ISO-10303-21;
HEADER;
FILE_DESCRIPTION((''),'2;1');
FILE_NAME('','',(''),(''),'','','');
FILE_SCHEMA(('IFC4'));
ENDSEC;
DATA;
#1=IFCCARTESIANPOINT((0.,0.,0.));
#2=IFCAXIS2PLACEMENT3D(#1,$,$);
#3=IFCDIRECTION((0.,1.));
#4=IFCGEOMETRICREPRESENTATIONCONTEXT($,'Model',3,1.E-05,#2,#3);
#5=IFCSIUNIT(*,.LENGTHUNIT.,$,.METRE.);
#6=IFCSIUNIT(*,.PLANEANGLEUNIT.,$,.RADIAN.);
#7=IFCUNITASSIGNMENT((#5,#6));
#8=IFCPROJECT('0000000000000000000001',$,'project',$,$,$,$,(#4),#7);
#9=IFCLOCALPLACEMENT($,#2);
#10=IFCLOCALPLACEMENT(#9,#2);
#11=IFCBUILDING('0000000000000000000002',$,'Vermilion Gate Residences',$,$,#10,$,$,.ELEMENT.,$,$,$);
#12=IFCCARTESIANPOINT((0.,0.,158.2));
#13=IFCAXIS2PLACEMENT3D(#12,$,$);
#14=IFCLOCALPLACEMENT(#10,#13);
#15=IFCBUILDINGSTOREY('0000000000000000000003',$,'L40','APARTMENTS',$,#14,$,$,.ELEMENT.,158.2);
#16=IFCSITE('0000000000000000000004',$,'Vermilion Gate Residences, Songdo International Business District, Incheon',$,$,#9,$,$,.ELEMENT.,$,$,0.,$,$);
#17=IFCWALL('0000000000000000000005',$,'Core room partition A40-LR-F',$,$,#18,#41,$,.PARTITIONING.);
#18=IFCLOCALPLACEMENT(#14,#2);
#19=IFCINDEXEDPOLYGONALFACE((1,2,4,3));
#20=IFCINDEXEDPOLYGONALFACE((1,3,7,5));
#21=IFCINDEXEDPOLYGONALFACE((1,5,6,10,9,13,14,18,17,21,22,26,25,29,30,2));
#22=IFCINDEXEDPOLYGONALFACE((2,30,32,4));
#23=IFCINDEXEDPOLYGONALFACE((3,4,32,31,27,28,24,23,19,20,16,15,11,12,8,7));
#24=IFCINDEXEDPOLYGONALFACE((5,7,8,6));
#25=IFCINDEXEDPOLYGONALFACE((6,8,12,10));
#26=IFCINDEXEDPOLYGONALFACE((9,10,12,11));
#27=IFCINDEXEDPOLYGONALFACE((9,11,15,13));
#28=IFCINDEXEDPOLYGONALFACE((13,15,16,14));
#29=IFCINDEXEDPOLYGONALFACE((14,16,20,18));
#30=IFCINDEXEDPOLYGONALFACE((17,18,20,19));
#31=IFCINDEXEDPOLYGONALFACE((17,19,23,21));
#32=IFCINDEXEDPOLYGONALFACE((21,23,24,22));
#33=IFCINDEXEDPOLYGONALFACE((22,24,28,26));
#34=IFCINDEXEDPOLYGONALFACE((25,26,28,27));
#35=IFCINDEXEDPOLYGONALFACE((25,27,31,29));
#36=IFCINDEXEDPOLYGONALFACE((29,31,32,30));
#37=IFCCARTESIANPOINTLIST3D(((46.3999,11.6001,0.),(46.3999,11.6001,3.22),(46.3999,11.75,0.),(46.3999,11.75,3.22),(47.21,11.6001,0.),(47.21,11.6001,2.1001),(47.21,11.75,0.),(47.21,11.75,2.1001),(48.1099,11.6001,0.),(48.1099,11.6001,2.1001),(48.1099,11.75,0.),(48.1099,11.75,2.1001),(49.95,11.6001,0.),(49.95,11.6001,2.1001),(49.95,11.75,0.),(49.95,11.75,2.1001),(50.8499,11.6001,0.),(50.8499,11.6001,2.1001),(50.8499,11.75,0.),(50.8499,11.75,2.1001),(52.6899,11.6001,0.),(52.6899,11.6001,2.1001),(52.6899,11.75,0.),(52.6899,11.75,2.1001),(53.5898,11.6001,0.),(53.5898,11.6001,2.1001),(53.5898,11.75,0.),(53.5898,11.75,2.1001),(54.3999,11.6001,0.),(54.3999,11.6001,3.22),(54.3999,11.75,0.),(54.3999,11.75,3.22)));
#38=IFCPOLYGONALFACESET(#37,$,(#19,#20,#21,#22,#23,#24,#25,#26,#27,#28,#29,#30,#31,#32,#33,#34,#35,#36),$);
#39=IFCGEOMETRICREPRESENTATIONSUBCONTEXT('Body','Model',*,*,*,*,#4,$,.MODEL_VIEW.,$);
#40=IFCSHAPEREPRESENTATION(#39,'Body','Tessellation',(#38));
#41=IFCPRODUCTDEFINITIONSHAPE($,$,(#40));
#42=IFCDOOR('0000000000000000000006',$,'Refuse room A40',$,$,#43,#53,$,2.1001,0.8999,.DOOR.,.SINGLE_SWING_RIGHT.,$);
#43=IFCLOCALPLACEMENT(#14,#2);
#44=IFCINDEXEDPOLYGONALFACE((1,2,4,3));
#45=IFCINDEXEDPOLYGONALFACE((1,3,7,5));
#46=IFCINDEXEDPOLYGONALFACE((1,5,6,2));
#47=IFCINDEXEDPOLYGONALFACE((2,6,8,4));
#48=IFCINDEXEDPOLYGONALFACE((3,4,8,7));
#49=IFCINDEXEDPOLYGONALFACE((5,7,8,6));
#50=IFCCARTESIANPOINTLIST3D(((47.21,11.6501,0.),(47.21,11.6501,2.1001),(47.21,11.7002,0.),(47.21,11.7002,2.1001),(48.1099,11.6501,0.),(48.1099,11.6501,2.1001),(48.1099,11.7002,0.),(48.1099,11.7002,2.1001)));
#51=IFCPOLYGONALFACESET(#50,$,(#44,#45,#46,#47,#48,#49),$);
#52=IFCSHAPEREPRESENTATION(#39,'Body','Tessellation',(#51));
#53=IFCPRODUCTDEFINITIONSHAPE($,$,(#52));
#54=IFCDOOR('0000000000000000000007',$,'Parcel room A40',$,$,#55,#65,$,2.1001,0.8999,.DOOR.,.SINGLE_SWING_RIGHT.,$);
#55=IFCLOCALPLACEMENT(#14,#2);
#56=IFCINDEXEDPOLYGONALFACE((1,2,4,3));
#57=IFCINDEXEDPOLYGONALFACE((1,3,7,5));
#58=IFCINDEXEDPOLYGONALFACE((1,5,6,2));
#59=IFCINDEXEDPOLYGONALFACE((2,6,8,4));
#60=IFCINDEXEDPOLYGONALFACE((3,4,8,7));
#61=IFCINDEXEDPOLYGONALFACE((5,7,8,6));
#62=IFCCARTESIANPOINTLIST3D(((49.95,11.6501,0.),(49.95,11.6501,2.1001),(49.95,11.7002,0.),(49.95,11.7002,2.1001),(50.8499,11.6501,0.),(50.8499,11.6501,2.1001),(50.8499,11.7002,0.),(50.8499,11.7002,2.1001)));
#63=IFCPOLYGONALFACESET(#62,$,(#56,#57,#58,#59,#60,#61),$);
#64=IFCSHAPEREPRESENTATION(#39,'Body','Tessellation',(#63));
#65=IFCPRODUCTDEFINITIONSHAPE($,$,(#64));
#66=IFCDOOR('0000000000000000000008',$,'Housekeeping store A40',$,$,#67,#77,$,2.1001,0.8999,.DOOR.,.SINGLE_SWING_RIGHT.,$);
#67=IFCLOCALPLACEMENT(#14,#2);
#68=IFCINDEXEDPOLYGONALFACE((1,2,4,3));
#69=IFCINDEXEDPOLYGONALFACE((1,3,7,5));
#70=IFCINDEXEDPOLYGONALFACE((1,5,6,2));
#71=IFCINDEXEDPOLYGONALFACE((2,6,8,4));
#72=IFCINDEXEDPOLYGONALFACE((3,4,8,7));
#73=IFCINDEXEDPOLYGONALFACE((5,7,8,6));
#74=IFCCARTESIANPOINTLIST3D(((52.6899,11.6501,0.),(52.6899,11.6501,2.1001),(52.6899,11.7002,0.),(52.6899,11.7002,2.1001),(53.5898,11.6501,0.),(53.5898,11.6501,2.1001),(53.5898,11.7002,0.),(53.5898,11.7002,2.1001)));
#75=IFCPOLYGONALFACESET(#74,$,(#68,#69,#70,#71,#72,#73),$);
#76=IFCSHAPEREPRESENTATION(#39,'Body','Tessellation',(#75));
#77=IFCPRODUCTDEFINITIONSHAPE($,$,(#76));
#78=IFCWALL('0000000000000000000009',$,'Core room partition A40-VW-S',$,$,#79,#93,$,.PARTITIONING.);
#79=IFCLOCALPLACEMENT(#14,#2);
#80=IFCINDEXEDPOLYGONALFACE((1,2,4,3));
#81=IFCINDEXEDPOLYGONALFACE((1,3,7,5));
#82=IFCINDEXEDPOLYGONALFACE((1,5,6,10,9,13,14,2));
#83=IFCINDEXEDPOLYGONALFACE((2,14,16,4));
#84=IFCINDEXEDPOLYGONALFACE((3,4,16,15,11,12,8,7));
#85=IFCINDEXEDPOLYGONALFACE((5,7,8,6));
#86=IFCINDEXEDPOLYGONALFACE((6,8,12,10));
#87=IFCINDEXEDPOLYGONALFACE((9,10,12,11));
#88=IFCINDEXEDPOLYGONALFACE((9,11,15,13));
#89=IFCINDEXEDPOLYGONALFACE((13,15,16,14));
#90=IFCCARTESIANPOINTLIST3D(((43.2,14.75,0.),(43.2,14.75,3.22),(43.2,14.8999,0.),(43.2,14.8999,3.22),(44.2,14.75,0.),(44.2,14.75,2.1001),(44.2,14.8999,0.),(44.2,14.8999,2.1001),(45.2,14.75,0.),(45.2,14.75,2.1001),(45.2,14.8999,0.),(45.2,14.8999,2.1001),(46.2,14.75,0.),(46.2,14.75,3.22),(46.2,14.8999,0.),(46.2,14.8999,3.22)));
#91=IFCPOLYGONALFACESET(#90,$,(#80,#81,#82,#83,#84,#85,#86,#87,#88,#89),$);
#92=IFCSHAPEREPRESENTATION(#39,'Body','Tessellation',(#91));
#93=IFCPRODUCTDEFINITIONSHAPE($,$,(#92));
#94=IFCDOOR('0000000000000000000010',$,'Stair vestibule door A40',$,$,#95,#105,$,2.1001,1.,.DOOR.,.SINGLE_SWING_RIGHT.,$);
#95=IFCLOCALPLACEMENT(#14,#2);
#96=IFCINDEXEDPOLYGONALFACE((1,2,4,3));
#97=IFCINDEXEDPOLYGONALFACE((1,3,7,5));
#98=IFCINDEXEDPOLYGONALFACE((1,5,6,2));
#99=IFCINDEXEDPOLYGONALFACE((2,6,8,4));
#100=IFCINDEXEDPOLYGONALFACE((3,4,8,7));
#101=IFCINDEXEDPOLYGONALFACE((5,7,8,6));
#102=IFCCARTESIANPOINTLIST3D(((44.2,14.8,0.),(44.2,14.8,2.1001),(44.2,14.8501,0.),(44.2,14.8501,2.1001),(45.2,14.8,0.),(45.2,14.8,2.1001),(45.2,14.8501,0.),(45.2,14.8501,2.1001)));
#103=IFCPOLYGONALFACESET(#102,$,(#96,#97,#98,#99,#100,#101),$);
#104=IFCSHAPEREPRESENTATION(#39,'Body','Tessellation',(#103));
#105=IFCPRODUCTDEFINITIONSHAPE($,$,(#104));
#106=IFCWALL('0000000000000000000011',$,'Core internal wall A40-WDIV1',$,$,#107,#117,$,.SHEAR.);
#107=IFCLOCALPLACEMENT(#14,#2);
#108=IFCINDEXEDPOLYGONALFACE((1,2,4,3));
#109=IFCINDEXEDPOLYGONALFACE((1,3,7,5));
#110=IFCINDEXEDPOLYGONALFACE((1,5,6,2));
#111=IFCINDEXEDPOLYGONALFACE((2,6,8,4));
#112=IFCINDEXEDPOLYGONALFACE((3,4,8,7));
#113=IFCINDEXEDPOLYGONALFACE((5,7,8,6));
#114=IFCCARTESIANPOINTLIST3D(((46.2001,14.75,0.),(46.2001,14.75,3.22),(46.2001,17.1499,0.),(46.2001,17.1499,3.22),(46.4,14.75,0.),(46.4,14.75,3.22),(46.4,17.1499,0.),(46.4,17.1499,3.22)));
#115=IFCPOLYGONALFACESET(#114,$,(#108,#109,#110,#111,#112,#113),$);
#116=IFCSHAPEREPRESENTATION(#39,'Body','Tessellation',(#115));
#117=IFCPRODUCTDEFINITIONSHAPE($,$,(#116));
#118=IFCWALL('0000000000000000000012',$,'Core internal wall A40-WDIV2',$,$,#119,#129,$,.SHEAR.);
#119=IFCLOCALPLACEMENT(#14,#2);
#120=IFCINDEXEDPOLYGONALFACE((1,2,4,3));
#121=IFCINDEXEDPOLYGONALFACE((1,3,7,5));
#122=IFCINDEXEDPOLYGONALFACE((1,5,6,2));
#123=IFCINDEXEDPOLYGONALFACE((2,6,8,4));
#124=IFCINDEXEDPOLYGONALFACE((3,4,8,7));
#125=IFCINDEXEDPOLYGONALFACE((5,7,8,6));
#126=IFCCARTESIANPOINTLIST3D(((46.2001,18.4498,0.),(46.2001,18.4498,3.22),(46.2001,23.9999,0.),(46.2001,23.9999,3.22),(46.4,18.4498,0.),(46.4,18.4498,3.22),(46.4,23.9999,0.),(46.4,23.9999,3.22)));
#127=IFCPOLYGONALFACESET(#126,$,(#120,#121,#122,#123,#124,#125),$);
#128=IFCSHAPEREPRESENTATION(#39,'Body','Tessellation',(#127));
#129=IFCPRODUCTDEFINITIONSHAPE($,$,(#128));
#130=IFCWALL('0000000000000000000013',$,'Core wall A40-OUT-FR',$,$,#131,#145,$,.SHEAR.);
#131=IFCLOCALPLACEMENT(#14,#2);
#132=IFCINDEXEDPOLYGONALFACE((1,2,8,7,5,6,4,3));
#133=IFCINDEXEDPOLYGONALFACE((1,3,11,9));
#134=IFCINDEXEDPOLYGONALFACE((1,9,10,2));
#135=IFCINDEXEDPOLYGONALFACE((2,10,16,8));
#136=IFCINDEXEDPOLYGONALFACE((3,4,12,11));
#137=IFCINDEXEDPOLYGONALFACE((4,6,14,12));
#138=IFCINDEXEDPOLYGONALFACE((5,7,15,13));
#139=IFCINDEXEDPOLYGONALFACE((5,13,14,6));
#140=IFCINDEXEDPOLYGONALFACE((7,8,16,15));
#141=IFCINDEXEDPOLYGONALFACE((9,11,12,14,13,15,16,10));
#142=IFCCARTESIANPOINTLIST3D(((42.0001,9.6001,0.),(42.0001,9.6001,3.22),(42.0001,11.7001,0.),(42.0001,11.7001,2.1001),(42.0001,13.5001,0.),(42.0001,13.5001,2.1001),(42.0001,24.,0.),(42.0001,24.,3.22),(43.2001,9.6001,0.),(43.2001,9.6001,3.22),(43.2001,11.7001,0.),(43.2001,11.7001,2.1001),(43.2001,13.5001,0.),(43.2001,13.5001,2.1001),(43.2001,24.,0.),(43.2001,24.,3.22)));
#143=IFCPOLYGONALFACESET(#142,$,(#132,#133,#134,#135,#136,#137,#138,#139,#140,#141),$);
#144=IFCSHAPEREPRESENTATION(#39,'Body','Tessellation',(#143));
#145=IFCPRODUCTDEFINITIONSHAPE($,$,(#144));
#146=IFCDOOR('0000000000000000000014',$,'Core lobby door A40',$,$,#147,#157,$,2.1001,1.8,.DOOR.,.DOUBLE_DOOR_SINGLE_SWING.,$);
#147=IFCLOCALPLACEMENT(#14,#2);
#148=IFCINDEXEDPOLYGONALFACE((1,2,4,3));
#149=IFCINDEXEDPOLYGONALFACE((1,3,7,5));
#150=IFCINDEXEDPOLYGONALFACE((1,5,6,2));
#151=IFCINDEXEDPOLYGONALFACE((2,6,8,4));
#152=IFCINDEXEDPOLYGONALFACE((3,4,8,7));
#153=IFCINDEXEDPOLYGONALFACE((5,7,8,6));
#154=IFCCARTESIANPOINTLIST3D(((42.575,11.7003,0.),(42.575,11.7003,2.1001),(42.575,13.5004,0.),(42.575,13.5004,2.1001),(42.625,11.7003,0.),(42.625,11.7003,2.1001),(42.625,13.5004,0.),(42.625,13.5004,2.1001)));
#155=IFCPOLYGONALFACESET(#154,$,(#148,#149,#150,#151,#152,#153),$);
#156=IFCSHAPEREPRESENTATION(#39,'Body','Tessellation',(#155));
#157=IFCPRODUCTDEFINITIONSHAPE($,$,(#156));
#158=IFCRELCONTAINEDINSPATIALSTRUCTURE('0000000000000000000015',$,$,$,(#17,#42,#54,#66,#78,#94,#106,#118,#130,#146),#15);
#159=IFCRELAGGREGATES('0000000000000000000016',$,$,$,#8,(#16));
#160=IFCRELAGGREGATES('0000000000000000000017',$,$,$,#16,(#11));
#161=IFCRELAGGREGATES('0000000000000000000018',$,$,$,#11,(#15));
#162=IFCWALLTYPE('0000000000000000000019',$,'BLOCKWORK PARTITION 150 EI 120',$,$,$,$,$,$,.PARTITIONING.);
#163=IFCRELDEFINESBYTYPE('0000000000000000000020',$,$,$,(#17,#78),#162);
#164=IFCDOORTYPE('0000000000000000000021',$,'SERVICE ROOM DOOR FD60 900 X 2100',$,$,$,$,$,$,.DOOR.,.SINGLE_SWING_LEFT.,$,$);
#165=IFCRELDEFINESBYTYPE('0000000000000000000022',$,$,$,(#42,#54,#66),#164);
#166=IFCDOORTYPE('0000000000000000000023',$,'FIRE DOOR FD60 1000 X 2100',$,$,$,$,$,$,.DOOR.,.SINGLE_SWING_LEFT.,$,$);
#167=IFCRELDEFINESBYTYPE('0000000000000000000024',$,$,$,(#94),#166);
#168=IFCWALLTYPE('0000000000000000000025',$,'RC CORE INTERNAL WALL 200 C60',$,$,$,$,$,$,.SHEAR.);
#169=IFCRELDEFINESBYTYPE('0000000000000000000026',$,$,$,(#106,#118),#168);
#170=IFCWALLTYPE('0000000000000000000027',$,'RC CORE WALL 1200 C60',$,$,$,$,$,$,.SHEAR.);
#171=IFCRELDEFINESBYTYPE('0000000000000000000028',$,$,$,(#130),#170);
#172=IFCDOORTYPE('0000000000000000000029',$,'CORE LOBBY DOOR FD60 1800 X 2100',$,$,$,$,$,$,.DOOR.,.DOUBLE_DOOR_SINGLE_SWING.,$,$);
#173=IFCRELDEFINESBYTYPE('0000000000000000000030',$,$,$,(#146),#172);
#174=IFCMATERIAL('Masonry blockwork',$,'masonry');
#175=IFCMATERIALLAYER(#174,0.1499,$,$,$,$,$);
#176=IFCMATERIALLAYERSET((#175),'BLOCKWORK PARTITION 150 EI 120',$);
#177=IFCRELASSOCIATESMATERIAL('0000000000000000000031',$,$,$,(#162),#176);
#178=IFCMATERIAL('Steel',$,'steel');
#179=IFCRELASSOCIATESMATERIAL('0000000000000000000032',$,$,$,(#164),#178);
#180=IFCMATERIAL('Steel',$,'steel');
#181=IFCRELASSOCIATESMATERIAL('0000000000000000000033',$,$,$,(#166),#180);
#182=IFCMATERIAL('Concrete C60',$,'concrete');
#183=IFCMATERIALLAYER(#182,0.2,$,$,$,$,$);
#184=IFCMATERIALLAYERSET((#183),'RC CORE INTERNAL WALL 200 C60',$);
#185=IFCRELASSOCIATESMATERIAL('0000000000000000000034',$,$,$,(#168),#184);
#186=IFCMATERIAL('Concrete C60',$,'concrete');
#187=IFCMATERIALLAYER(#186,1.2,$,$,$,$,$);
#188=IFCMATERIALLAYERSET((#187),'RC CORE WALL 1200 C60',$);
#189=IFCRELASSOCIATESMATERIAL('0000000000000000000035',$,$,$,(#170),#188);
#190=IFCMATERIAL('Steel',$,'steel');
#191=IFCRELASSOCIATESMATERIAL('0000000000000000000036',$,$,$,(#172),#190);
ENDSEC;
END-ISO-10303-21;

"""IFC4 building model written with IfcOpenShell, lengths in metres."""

from ifc_helpers import new_model, si_unit, direction, frame, frame_2d, origin, place, context, subcontext, project, spatial, rectangle, extrude, material, layer, layer_set, type_object, element, fill, save


model = new_model("IFC4")

# Units and contexts
model_context = context("Model", 3, precision=1e-05, world=origin(), true_north=direction((0.0, 1.0)))
body_context = subcontext(model_context, "Body", "Model", "MODEL_VIEW")
ifc_project = project(units=[si_unit("LENGTHUNIT", "METRE"), si_unit("PLANEANGLEUNIT", "RADIAN")], contexts=[model_context])

# Site, building, storey
site_placement = place(None, origin())
site = spatial("IfcSite", under=ifc_project, at=site_placement, Name="Vermilion Gate Residences, Songdo International Business District, Incheon", CompositionType="ELEMENT", RefElevation=0.0)
building_placement = place(site_placement, origin())
building = spatial("IfcBuilding", under=site, at=building_placement, Name="Vermilion Gate Residences", CompositionType="ELEMENT")
storey_placement = place(building_placement, frame((0.0, 0.0, 158.2)))
storey = spatial("IfcBuildingStorey", under=building, at=storey_placement, Name="L40", Description="APARTMENTS", CompositionType="ELEMENT", Elevation=158.2)

# Wall, openings, doors
ifc_material_1 = material(Name="Masonry blockwork", Category="masonry")
ifc_layer_1 = layer(ifc_material_1, 0.1499)
ifc_layer_set_1 = layer_set([ifc_layer_1], Name="BLOCKWORK PARTITION 150 EI 120")
wall_type_1 = type_object("IfcWallType", Name="BLOCKWORK PARTITION 150 EI 120", PredefinedType="PARTITIONING", material=ifc_layer_set_1)
wall_1_placement = place(storey_placement, frame((46.3999, 11.675, 0.0), z_axis=(0.0, 0.0, 1.0), x_axis=(1.0, 0.0, 0.0)))
wall_1 = element("IfcWall", 1, at=wall_1_placement, inside=storey, type_object=wall_type_1, Name="Core room partition A40-LR-F", PredefinedType="PARTITIONING", context=body_context, shape_type="SweptSolid", body=[
    extrude(rectangle(XDim=8.0, YDim=0.1499, at=frame_2d((4.0, 0.0))), origin(), (0.0, 0.0, 1.0), 3.22),
])
opening_1_placement = place(wall_1_placement, frame((0.8101, 0.0, 0.0)))
opening_1 = element("IfcOpeningElement", 2, at=opening_1_placement, cuts=wall_1, PredefinedType="OPENING", context=body_context, shape_type="SweptSolid", body=[
    extrude(rectangle(XDim=0.8999, YDim=2.1001, at=frame_2d((0.45, 1.05))), frame((0.0, 0.085, 0.0), z_axis=(0.0, -1.0, 0.0), x_axis=(1.0, 0.0, 0.0)), (0.0, 0.0, 1.0), 0.1699),
])
opening_2_placement = place(wall_1_placement, frame((3.55, 0.0, 0.0)))
opening_2 = element("IfcOpeningElement", 3, at=opening_2_placement, cuts=wall_1, PredefinedType="OPENING", context=body_context, shape_type="SweptSolid", body=[
    extrude(rectangle(XDim=0.8999, YDim=2.1001, at=frame_2d((0.45, 1.05))), frame((0.0, 0.085, 0.0), z_axis=(0.0, -1.0, 0.0), x_axis=(1.0, 0.0, 0.0)), (0.0, 0.0, 1.0), 0.1699),
])
opening_3_placement = place(wall_1_placement, frame((6.29, 0.0, 0.0)))
opening_3 = element("IfcOpeningElement", 4, at=opening_3_placement, cuts=wall_1, PredefinedType="OPENING", context=body_context, shape_type="SweptSolid", body=[
    extrude(rectangle(XDim=0.8999, YDim=2.1001, at=frame_2d((0.45, 1.05))), frame((0.0, 0.085, 0.0), z_axis=(0.0, -1.0, 0.0), x_axis=(1.0, 0.0, 0.0)), (0.0, 0.0, 1.0), 0.1699),
])
ifc_material_2 = material(Name="Steel", Category="steel")
door_type_1 = type_object("IfcDoorType", Name="SERVICE ROOM DOOR FD60 900 X 2100", OperationType="SINGLE_SWING_LEFT", PredefinedType="DOOR", material=ifc_material_2)
door_1_placement = place(opening_1_placement, frame((0.8999, 0.0, 0.0), z_axis=(0.0, 0.0, 1.0), x_axis=(-1.0, 0.0, 0.0)))
door_1 = element("IfcDoor", 5, at=door_1_placement, inside=storey, type_object=door_type_1, Name="Refuse room A40", OperationType="SINGLE_SWING_RIGHT", OverallHeight=2.1001, OverallWidth=0.8999, PredefinedType="DOOR", context=body_context, shape_type="SweptSolid", body=[
    extrude(rectangle(XDim=0.8999, YDim=2.1001, at=frame_2d((0.45, 1.05))), frame((0.0, 0.0249, 0.0), z_axis=(0.0, -1.0, 0.0), x_axis=(1.0, 0.0, 0.0)), (0.0, 0.0, 1.0), 0.05),
])
fill(opening_1, door_1)
door_2_placement = place(opening_2_placement, frame((0.8999, 0.0, 0.0), z_axis=(0.0, 0.0, 1.0), x_axis=(-1.0, 0.0, 0.0)))
door_2 = element("IfcDoor", 6, at=door_2_placement, inside=storey, type_object=door_type_1, Name="Parcel room A40", OperationType="SINGLE_SWING_RIGHT", OverallHeight=2.1001, OverallWidth=0.8999, PredefinedType="DOOR", context=body_context, shape_type="SweptSolid", body=[
    extrude(rectangle(XDim=0.8999, YDim=2.1001, at=frame_2d((0.45, 1.05))), frame((0.0, 0.0249, 0.0), z_axis=(0.0, -1.0, 0.0), x_axis=(1.0, 0.0, 0.0)), (0.0, 0.0, 1.0), 0.05),
])
fill(opening_2, door_2)
door_3_placement = place(opening_3_placement, frame((0.8999, 0.0, 0.0), z_axis=(0.0, 0.0, 1.0), x_axis=(-1.0, 0.0, 0.0)))
door_3 = element("IfcDoor", 7, at=door_3_placement, inside=storey, type_object=door_type_1, Name="Housekeeping store A40", OperationType="SINGLE_SWING_RIGHT", OverallHeight=2.1001, OverallWidth=0.8999, PredefinedType="DOOR", context=body_context, shape_type="SweptSolid", body=[
    extrude(rectangle(XDim=0.8999, YDim=2.1001, at=frame_2d((0.45, 1.05))), frame((0.0, 0.0249, 0.0), z_axis=(0.0, -1.0, 0.0), x_axis=(1.0, 0.0, 0.0)), (0.0, 0.0, 1.0), 0.05),
])
fill(opening_3, door_3)

# Wall, opening, door
wall_2_placement = place(storey_placement, frame((43.2, 14.825, 0.0), z_axis=(0.0, 0.0, 1.0), x_axis=(1.0, 0.0, 0.0)))
wall_2 = element("IfcWall", 8, at=wall_2_placement, inside=storey, type_object=wall_type_1, Name="Core room partition A40-VW-S", PredefinedType="PARTITIONING", context=body_context, shape_type="SweptSolid", body=[
    extrude(rectangle(XDim=3.0, YDim=0.1499, at=frame_2d((1.5, 0.0))), origin(), (0.0, 0.0, 1.0), 3.22),
])
opening_4_placement = place(wall_2_placement, frame((1.0, 0.0, 0.0)))
opening_4 = element("IfcOpeningElement", 9, at=opening_4_placement, cuts=wall_2, PredefinedType="OPENING", context=body_context, shape_type="SweptSolid", body=[
    extrude(rectangle(XDim=1.0, YDim=2.1001, at=frame_2d((0.5, 1.05))), frame((0.0, 0.085, 0.0), z_axis=(0.0, -1.0, 0.0), x_axis=(1.0, 0.0, 0.0)), (0.0, 0.0, 1.0), 0.1699),
])
ifc_material_3 = material(Name="Steel", Category="steel")
door_type_2 = type_object("IfcDoorType", Name="FIRE DOOR FD60 1000 X 2100", OperationType="SINGLE_SWING_LEFT", PredefinedType="DOOR", material=ifc_material_3)
door_4_placement = place(opening_4_placement, frame((1.0, 0.0, 0.0), z_axis=(0.0, 0.0, 1.0), x_axis=(-1.0, 0.0, 0.0)))
door_4 = element("IfcDoor", 10, at=door_4_placement, inside=storey, type_object=door_type_2, Name="Stair vestibule door A40", OperationType="SINGLE_SWING_RIGHT", OverallHeight=2.1001, OverallWidth=1.0, PredefinedType="DOOR", context=body_context, shape_type="SweptSolid", body=[
    extrude(rectangle(XDim=1.0, YDim=2.1001, at=frame_2d((0.5, 1.05))), frame((0.0, 0.0249, 0.0), z_axis=(0.0, -1.0, 0.0), x_axis=(1.0, 0.0, 0.0)), (0.0, 0.0, 1.0), 0.05),
])
fill(opening_4, door_4)

# Walls
ifc_material_4 = material(Name="Concrete C60", Category="concrete")
ifc_layer_2 = layer(ifc_material_4, 0.2)
ifc_layer_set_2 = layer_set([ifc_layer_2], Name="RC CORE INTERNAL WALL 200 C60")
wall_type_2 = type_object("IfcWallType", Name="RC CORE INTERNAL WALL 200 C60", PredefinedType="SHEAR", material=ifc_layer_set_2)
wall_3_placement = place(storey_placement, frame((46.3, 14.75, 0.0), z_axis=(0.0, 0.0, 1.0), x_axis=(0.0, 1.0, 0.0)))
element("IfcWall", 11, at=wall_3_placement, inside=storey, type_object=wall_type_2, Name="Core internal wall A40-WDIV1", PredefinedType="SHEAR", context=body_context, shape_type="SweptSolid", body=[
    extrude(rectangle(XDim=2.3999, YDim=0.2, at=frame_2d((1.2, 0.0))), origin(), (0.0, 0.0, 1.0), 3.22),
])
wall_4_placement = place(storey_placement, frame((46.3, 18.45, 0.0), z_axis=(0.0, 0.0, 1.0), x_axis=(0.0, 1.0, 0.0)))
element("IfcWall", 12, at=wall_4_placement, inside=storey, type_object=wall_type_2, Name="Core internal wall A40-WDIV2", PredefinedType="SHEAR", context=body_context, shape_type="SweptSolid", body=[
    extrude(rectangle(XDim=5.55, YDim=0.2, at=frame_2d((2.7749, 0.0))), origin(), (0.0, 0.0, 1.0), 3.22),
])

# Wall, opening, door
ifc_material_5 = material(Name="Concrete C60", Category="concrete")
ifc_layer_3 = layer(ifc_material_5, 1.2)
ifc_layer_set_3 = layer_set([ifc_layer_3], Name="RC CORE WALL 1200 C60")
wall_type_3 = type_object("IfcWallType", Name="RC CORE WALL 1200 C60", PredefinedType="SHEAR", material=ifc_layer_set_3)
wall_5_placement = place(storey_placement, frame((42.6001, 9.6001, 0.0), z_axis=(0.0, 0.0, 1.0), x_axis=(0.0, 1.0, 0.0)))
wall_5 = element("IfcWall", 13, at=wall_5_placement, inside=storey, type_object=wall_type_3, Name="Core wall A40-OUT-FR", PredefinedType="SHEAR", context=body_context, shape_type="SweptSolid", body=[
    extrude(rectangle(XDim=14.3999, YDim=1.2, at=frame_2d((7.2, 0.0))), origin(), (0.0, 0.0, 1.0), 3.22),
])
opening_5_placement = place(wall_5_placement, frame((2.1001, 0.0, 0.0)))
opening_5 = element("IfcOpeningElement", 14, at=opening_5_placement, cuts=wall_5, PredefinedType="OPENING", context=body_context, shape_type="SweptSolid", body=[
    extrude(rectangle(XDim=1.8, YDim=2.1001, at=frame_2d((0.8999, 1.05))), frame((0.0, 0.6099, 0.0), z_axis=(0.0, -1.0, 0.0), x_axis=(1.0, 0.0, 0.0)), (0.0, 0.0, 1.0), 1.22),
])
ifc_material_6 = material(Name="Steel", Category="steel")
door_type_3 = type_object("IfcDoorType", Name="CORE LOBBY DOOR FD60 1800 X 2100", OperationType="DOUBLE_DOOR_SINGLE_SWING", PredefinedType="DOOR", material=ifc_material_6)
door_5_placement = place(opening_5_placement, frame((1.8, 0.0, 0.0), z_axis=(0.0, 0.0, 1.0), x_axis=(-1.0, 0.0, 0.0)))
door_5 = element("IfcDoor", 15, at=door_5_placement, inside=storey, type_object=door_type_3, Name="Core lobby door A40", OperationType="DOUBLE_DOOR_SINGLE_SWING", OverallHeight=2.1001, OverallWidth=1.8, PredefinedType="DOOR", context=body_context, shape_type="SweptSolid", body=[
    extrude(rectangle(XDim=1.8, YDim=2.1001, at=frame_2d((0.8999, 1.05))), frame((0.0, 0.0249, 0.0), z_axis=(0.0, -1.0, 0.0), x_axis=(1.0, 0.0, 0.0)), (0.0, 0.0, 1.0), 0.05),
])
fill(opening_5, door_5)

save(model, "model.ifc")
